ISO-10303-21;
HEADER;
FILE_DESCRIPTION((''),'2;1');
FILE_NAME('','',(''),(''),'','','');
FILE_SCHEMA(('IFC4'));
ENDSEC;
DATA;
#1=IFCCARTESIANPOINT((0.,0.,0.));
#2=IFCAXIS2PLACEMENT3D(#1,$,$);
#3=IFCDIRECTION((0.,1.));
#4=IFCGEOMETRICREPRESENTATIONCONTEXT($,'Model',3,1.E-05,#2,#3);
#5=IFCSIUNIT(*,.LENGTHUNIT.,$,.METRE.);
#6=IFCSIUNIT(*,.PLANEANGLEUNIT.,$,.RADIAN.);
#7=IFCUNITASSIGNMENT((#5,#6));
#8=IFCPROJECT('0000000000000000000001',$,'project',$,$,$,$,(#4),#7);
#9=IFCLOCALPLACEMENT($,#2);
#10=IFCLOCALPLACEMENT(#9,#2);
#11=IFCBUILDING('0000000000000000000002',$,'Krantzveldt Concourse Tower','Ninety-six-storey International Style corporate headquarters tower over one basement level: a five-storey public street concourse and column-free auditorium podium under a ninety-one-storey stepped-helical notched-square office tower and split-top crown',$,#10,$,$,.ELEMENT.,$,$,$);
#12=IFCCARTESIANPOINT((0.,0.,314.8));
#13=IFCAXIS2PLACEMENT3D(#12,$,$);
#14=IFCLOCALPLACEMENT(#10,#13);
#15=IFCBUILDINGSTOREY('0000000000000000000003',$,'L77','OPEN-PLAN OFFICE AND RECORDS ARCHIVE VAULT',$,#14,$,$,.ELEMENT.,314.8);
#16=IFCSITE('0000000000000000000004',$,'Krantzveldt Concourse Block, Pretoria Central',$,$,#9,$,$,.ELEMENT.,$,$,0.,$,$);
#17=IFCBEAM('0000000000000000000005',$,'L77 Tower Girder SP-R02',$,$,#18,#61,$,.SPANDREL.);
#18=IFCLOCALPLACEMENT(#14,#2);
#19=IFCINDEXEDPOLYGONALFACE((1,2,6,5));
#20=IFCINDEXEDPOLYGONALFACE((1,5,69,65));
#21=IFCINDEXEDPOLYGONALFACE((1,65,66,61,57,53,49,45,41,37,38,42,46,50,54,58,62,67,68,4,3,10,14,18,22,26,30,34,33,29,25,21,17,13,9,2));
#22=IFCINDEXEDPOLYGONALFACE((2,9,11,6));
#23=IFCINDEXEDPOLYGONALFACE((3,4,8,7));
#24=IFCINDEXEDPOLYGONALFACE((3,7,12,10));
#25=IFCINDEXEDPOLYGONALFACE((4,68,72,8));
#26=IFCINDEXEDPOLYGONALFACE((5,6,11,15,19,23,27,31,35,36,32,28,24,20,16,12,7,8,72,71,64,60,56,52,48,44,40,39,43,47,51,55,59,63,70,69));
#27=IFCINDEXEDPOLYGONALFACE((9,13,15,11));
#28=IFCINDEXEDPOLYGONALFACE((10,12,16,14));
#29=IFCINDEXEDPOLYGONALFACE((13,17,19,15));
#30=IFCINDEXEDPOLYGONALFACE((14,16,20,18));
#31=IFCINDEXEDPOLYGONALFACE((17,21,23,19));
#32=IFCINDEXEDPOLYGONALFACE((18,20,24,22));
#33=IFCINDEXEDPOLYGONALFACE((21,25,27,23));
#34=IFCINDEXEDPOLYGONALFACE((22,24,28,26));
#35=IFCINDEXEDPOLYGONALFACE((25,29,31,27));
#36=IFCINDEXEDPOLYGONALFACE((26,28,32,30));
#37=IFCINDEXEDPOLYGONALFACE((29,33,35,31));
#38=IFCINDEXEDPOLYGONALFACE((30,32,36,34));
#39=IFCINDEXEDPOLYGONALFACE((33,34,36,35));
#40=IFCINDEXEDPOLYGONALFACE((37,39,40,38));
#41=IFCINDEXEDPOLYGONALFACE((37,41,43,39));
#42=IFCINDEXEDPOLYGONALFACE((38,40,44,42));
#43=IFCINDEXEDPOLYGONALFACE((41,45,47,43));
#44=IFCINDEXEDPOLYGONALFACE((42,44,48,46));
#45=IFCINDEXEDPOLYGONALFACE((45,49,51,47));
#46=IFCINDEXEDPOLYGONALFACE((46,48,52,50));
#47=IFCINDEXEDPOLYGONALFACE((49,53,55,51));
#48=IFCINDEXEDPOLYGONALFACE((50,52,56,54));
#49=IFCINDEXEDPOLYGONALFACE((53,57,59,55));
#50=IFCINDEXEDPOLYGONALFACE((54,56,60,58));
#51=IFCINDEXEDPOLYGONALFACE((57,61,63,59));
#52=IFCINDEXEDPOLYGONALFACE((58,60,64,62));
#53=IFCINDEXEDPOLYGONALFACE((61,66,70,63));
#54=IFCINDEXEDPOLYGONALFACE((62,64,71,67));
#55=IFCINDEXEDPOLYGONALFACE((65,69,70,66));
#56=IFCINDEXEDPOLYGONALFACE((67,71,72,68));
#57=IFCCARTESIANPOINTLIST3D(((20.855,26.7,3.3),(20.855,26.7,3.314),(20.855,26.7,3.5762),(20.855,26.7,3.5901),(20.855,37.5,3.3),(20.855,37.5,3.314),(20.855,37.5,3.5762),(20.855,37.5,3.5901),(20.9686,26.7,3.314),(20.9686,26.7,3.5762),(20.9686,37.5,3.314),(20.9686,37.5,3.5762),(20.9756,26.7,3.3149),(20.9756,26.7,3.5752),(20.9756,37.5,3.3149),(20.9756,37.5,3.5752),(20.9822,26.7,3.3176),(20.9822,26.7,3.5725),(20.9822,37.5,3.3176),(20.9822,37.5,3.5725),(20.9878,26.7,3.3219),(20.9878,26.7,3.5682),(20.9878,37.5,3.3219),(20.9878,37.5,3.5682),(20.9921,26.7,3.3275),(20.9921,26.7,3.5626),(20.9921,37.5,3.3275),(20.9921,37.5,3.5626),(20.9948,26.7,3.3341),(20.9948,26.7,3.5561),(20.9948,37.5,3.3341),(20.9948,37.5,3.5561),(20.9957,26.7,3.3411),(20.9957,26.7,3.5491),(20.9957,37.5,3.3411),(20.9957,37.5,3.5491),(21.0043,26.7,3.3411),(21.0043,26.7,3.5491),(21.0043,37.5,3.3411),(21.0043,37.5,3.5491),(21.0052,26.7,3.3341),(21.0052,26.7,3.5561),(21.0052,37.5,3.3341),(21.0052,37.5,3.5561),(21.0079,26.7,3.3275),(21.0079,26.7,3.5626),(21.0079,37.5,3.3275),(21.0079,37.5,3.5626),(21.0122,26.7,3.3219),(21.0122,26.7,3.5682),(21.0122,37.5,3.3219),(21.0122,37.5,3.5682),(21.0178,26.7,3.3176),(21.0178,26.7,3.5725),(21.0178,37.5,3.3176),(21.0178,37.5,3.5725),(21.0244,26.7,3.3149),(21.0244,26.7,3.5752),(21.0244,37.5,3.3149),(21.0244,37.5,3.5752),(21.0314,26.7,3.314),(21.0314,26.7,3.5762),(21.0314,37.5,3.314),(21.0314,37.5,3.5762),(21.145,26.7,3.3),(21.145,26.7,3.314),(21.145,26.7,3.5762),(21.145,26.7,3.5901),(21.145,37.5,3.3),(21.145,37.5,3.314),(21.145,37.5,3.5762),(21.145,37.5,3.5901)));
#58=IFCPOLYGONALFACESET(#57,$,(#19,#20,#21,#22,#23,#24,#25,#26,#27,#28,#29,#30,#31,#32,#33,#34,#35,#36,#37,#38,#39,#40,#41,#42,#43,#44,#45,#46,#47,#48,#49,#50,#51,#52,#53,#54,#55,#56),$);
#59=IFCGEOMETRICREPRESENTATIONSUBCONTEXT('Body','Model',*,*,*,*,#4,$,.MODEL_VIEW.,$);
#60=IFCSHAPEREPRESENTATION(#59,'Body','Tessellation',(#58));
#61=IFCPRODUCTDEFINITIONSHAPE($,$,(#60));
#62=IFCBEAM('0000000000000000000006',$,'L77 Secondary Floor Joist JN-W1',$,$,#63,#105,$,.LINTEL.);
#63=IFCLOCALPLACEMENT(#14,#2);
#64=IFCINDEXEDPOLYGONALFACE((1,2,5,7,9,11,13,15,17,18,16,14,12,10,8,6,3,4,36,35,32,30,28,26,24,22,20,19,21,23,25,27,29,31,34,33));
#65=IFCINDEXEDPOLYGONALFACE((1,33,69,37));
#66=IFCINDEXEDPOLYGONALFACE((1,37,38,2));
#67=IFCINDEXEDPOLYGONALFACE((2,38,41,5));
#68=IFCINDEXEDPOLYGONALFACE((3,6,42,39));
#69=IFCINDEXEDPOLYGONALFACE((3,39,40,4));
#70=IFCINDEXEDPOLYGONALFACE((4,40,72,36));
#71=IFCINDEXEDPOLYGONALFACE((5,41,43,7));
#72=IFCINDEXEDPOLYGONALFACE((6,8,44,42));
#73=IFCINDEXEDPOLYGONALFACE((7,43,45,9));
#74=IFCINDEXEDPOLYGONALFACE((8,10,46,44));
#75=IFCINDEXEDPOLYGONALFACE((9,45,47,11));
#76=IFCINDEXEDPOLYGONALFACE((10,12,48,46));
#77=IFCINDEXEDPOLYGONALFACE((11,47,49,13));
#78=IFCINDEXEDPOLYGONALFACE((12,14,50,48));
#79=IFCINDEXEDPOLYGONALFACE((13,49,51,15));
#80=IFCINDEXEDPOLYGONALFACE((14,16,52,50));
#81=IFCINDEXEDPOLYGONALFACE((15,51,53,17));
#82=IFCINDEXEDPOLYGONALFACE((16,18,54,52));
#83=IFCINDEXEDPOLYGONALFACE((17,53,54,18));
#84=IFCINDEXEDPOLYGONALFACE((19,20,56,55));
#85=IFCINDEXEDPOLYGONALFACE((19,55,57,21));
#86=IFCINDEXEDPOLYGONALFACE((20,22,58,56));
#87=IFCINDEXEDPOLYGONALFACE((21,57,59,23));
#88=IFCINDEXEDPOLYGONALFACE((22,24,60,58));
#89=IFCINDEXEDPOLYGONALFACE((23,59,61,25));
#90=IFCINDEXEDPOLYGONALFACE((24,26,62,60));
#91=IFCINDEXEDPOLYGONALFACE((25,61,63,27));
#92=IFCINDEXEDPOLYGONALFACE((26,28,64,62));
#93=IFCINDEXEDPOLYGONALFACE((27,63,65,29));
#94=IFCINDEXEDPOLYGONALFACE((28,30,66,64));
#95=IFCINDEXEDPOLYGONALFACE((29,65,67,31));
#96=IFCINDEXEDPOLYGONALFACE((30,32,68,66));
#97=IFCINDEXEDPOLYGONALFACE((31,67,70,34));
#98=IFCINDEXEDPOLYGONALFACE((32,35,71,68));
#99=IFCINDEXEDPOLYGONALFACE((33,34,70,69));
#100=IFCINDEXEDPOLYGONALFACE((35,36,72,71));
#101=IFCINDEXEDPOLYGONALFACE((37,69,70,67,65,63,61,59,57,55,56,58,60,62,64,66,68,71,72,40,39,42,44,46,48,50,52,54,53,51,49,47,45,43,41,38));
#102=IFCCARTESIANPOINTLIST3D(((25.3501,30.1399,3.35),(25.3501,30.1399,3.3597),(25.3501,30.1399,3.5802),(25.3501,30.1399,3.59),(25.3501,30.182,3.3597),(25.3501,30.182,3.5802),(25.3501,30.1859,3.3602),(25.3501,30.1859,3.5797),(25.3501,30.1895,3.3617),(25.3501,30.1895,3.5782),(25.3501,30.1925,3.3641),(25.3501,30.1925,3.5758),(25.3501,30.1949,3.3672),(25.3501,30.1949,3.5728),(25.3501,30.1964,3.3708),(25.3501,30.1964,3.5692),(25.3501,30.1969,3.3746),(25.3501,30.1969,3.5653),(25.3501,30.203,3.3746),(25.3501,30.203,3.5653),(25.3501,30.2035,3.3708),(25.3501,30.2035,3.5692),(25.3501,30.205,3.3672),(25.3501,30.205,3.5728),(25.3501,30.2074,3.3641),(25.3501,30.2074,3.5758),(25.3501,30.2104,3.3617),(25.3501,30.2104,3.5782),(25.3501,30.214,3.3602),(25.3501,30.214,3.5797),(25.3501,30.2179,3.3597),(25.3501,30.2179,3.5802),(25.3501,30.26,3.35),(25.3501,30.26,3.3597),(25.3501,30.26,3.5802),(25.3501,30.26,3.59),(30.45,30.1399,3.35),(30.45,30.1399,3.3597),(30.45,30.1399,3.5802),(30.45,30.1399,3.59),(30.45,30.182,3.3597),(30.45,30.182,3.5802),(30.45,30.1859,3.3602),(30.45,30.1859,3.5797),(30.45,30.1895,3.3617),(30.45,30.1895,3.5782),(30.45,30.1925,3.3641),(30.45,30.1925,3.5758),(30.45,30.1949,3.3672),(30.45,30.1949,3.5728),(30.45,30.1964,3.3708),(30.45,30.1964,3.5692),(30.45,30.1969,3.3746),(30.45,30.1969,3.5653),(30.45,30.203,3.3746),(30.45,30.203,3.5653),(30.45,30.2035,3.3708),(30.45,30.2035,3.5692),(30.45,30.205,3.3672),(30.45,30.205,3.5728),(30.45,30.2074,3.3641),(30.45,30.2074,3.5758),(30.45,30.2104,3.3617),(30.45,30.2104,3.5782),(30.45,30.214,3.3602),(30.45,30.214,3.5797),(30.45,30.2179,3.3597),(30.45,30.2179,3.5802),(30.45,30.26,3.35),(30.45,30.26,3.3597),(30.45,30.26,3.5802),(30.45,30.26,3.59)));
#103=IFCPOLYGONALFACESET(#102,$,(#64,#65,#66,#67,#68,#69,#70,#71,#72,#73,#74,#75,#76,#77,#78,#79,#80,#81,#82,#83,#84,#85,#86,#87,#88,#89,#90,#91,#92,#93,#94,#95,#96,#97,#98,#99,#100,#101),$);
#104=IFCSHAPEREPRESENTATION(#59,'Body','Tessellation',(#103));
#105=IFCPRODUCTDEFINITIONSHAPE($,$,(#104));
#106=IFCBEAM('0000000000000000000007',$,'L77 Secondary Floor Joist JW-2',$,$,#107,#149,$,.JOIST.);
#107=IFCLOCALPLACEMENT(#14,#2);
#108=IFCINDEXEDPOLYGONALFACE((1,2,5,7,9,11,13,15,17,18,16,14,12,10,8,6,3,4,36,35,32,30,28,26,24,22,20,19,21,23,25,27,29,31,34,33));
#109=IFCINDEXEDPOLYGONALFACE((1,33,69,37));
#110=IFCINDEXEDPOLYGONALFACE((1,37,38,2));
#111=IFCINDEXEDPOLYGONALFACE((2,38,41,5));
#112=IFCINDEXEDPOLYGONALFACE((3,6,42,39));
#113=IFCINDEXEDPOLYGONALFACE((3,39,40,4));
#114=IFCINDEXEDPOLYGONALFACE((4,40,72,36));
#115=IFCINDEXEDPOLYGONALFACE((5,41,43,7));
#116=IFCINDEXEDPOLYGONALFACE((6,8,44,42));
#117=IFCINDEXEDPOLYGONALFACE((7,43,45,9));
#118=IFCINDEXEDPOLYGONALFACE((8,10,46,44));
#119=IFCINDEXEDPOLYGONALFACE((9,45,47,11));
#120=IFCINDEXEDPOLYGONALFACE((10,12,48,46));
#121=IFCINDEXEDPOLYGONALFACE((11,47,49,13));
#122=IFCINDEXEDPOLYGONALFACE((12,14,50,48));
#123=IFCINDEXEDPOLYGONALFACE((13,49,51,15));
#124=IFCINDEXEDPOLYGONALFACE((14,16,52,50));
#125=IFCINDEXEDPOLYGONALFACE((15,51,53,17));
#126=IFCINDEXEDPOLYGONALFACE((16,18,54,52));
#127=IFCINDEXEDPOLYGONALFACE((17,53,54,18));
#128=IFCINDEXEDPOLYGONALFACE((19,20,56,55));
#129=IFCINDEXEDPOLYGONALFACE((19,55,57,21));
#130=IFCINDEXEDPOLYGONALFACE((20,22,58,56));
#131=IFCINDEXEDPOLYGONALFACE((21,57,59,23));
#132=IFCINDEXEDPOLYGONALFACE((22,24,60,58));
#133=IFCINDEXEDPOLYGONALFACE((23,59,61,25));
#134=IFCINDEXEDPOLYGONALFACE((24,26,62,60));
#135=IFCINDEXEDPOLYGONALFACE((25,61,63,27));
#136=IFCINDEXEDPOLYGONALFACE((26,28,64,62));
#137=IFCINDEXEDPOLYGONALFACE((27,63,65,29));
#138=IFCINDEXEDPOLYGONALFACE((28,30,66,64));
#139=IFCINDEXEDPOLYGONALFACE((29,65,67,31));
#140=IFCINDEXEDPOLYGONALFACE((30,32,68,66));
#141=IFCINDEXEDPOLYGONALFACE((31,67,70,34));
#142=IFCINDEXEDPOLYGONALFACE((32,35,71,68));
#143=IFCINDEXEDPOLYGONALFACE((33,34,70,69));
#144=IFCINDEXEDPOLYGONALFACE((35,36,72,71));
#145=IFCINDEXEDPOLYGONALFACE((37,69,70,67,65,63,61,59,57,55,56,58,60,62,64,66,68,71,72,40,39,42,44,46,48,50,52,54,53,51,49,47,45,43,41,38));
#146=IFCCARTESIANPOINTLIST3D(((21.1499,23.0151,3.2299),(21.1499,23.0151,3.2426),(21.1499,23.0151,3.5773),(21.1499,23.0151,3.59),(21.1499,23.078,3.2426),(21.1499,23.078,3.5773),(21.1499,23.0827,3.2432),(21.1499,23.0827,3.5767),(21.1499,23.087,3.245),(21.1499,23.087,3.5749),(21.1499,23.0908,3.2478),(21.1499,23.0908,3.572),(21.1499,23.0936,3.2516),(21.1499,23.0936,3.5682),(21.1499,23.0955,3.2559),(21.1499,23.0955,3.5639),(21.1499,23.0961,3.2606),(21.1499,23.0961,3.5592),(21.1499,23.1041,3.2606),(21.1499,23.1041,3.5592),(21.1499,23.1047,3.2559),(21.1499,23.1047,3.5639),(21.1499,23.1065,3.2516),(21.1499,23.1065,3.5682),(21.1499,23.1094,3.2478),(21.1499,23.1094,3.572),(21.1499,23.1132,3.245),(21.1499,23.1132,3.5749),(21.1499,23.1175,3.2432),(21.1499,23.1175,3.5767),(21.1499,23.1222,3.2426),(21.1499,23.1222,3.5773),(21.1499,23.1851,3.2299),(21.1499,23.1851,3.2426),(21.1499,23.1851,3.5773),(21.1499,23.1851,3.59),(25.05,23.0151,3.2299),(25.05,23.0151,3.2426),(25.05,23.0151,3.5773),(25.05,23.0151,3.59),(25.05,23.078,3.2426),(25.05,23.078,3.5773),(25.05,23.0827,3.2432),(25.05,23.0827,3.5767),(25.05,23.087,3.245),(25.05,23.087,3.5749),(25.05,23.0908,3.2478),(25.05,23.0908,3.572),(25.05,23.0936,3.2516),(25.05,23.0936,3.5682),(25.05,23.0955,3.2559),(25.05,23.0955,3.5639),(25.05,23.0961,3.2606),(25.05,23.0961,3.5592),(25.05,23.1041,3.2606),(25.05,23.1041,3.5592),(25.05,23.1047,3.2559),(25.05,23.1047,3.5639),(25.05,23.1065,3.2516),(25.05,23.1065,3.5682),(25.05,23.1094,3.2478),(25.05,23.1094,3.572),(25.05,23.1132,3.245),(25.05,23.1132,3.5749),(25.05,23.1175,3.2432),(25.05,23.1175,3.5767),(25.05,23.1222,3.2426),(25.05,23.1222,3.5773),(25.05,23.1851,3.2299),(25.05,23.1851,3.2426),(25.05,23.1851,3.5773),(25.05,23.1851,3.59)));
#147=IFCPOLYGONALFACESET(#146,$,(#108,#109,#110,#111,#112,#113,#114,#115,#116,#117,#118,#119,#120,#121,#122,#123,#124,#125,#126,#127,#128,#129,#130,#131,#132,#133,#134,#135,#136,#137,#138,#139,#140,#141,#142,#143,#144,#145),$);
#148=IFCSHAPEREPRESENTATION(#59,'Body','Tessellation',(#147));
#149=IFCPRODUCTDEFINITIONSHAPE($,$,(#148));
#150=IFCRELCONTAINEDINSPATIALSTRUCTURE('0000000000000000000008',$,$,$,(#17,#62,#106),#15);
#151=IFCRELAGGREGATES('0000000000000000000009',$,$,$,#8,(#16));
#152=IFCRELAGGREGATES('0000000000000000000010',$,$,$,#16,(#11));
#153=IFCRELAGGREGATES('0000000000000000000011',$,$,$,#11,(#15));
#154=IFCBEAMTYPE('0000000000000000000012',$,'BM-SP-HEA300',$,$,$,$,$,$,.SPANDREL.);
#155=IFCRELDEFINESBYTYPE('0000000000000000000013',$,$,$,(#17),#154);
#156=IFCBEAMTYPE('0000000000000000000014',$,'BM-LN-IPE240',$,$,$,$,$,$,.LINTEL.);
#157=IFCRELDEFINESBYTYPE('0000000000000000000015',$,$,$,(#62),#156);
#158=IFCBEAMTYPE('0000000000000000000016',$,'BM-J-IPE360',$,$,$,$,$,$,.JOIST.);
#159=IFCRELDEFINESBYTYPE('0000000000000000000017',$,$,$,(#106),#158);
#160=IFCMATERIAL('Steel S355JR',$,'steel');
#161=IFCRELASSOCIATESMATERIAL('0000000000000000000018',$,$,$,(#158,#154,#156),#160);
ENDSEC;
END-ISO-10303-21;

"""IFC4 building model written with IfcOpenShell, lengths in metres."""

from ifc_helpers import new_model, si_unit, direction, frame, origin, origin_2d, place, context, subcontext, project, spatial, i_section, extrude, source, transform, mapped, material, material_profile, profile_set, type_object, type_shapes, element, save


model = new_model("IFC4")

# Units and contexts
model_context = context("Model", 3, precision=1e-05, world=origin(), true_north=direction((0.0, 1.0)))
body_context = subcontext(model_context, "Body", "Model", "MODEL_VIEW")
ifc_project = project(units=[si_unit("LENGTHUNIT", "METRE"), si_unit("PLANEANGLEUNIT", "RADIAN")], contexts=[model_context])

# Site, building, storey
site_placement = place(None, origin())
site = spatial("IfcSite", under=ifc_project, at=site_placement, Name="Krantzveldt Concourse Block, Pretoria Central", CompositionType="ELEMENT", RefElevation=0.0)
building_placement = place(site_placement, origin())
building = spatial("IfcBuilding", under=site, at=building_placement, Name="Krantzveldt Concourse Tower", Description="Ninety-six-storey International Style corporate headquarters tower over one basement level: a five-storey public street concourse and column-free auditorium podium under a ninety-one-storey stepped-helical notched-square office tower and split-top crown", CompositionType="ELEMENT")
storey_placement = place(building_placement, frame((0.0, 0.0, 314.8)))
storey = spatial("IfcBuildingStorey", under=building, at=storey_placement, Name="L77", Description="OPEN-PLAN OFFICE AND RECORDS ARCHIVE VAULT", CompositionType="ELEMENT", Elevation=314.8)

# Beams
ifc_material_1 = material(Name="Steel S355JR", Category="steel")
ifc_material_profile_1 = material_profile(ifc_material_1, i_section(OverallWidth=0.1699, OverallDepth=0.3601, WebThickness=0.0081, FlangeThickness=0.0127, FilletRadius=0.0181, at=origin_2d()), Name="Steel S355JR", Category="steel")
ifc_profile_set_1 = profile_set([ifc_material_profile_1], Name="Steel S355JR - IPE 360")
beam_type_1 = type_object("IfcBeamType", Name="BM-J-IPE360", PredefinedType="JOIST", material=ifc_profile_set_1)
ifc_material_profile_2 = material_profile(ifc_material_1, i_section(OverallWidth=0.29, OverallDepth=0.29, WebThickness=0.0085, FlangeThickness=0.0139, FilletRadius=0.0271, at=origin_2d()), Name="Steel S355JR", Category="steel")
ifc_profile_set_2 = profile_set([ifc_material_profile_2], Name="Steel S355JR - HEA 300")
beam_type_2 = type_object("IfcBeamType", Name="BM-SP-HEA300", PredefinedType="SPANDREL", material=ifc_profile_set_2)
shared_shape_1 = source(origin(), body_context, "Body", "SweptSolid", [
    extrude(i_section(OverallWidth=0.29, OverallDepth=0.29, WebThickness=0.0085, FlangeThickness=0.0139, FilletRadius=0.0271, at=origin_2d()), origin(), (0.0, 0.0, 1.0), 10.8),
])
type_shapes(beam_type_2, [shared_shape_1])
beam_1_placement = place(storey_placement, frame((21.0, 26.7, 3.4451), z_axis=(0.0, 1.0, 0.0), x_axis=(-1.0, 0.0, 0.0)))
element("IfcBeam", 1, at=beam_1_placement, inside=storey, type_object=beam_type_2, Name="L77 Tower Girder SP-R02", PredefinedType="SPANDREL", context=body_context, shape_type="MappedRepresentation", body=[
    mapped(shared_shape_1, transform((0.0, 0.0, 0.0), x_axis=(1.0, 0.0, 0.0), y_axis=(0.0, 1.0, 0.0), z_axis=(0.0, 0.0, 1.0), scale=1.0)),
])
ifc_material_profile_3 = material_profile(ifc_material_1, i_section(OverallWidth=0.1201, OverallDepth=0.24, WebThickness=0.0061, FlangeThickness=0.0098, FilletRadius=0.0149, at=origin_2d()), Name="Steel S355JR", Category="steel")
ifc_profile_set_3 = profile_set([ifc_material_profile_3], Name="Steel S355JR - IPE 240")
beam_type_3 = type_object("IfcBeamType", Name="BM-LN-IPE240", PredefinedType="LINTEL", material=ifc_profile_set_3)
shared_shape_2 = source(origin(), body_context, "Body", "SweptSolid", [
    extrude(i_section(OverallWidth=0.1201, OverallDepth=0.24, WebThickness=0.0061, FlangeThickness=0.0098, FilletRadius=0.0149, at=origin_2d()), origin(), (0.0, 0.0, 1.0), 5.0999),
])
type_shapes(beam_type_3, [shared_shape_2])
beam_2_placement = place(storey_placement, frame((25.3501, 30.2, 3.47), z_axis=(1.0, 0.0, 0.0), x_axis=(0.0, 1.0, 0.0)))
element("IfcBeam", 2, at=beam_2_placement, inside=storey, type_object=beam_type_3, Name="L77 Secondary Floor Joist JN-W1", PredefinedType="LINTEL", context=body_context, shape_type="MappedRepresentation", body=[
    mapped(shared_shape_2, transform((0.0, 0.0, 0.0), x_axis=(1.0, 0.0, 0.0), y_axis=(0.0, 1.0, 0.0), z_axis=(0.0, 0.0, 1.0), scale=1.0)),
])
shared_shape_3 = source(origin(), body_context, "Body", "SweptSolid", [
    extrude(i_section(OverallWidth=0.1699, OverallDepth=0.3601, WebThickness=0.0081, FlangeThickness=0.0127, FilletRadius=0.0181, at=origin_2d()), origin(), (0.0, 0.0, 1.0), 3.9001),
])
for number, where, z_axis, x_axis, name in (
    (3, (21.1499, 23.1001, 3.4099), (1.0, 0.0, 0.0), (0.0, 1.0, 0.0), "L77 Secondary Floor Joist JW-2"),
):
    element("IfcBeam", number, at=place(storey_placement, frame(where, z_axis=z_axis, x_axis=x_axis)), inside=storey, type_object=beam_type_1, Name=name, PredefinedType="JOIST", context=body_context, shape_type="MappedRepresentation", body=[
        mapped(shared_shape_3, transform((0.0, 0.0, 0.0), x_axis=(1.0, 0.0, 0.0), y_axis=(0.0, 1.0, 0.0), z_axis=(0.0, 0.0, 1.0), scale=1.0)),
    ])

save(model, "model.ifc")
